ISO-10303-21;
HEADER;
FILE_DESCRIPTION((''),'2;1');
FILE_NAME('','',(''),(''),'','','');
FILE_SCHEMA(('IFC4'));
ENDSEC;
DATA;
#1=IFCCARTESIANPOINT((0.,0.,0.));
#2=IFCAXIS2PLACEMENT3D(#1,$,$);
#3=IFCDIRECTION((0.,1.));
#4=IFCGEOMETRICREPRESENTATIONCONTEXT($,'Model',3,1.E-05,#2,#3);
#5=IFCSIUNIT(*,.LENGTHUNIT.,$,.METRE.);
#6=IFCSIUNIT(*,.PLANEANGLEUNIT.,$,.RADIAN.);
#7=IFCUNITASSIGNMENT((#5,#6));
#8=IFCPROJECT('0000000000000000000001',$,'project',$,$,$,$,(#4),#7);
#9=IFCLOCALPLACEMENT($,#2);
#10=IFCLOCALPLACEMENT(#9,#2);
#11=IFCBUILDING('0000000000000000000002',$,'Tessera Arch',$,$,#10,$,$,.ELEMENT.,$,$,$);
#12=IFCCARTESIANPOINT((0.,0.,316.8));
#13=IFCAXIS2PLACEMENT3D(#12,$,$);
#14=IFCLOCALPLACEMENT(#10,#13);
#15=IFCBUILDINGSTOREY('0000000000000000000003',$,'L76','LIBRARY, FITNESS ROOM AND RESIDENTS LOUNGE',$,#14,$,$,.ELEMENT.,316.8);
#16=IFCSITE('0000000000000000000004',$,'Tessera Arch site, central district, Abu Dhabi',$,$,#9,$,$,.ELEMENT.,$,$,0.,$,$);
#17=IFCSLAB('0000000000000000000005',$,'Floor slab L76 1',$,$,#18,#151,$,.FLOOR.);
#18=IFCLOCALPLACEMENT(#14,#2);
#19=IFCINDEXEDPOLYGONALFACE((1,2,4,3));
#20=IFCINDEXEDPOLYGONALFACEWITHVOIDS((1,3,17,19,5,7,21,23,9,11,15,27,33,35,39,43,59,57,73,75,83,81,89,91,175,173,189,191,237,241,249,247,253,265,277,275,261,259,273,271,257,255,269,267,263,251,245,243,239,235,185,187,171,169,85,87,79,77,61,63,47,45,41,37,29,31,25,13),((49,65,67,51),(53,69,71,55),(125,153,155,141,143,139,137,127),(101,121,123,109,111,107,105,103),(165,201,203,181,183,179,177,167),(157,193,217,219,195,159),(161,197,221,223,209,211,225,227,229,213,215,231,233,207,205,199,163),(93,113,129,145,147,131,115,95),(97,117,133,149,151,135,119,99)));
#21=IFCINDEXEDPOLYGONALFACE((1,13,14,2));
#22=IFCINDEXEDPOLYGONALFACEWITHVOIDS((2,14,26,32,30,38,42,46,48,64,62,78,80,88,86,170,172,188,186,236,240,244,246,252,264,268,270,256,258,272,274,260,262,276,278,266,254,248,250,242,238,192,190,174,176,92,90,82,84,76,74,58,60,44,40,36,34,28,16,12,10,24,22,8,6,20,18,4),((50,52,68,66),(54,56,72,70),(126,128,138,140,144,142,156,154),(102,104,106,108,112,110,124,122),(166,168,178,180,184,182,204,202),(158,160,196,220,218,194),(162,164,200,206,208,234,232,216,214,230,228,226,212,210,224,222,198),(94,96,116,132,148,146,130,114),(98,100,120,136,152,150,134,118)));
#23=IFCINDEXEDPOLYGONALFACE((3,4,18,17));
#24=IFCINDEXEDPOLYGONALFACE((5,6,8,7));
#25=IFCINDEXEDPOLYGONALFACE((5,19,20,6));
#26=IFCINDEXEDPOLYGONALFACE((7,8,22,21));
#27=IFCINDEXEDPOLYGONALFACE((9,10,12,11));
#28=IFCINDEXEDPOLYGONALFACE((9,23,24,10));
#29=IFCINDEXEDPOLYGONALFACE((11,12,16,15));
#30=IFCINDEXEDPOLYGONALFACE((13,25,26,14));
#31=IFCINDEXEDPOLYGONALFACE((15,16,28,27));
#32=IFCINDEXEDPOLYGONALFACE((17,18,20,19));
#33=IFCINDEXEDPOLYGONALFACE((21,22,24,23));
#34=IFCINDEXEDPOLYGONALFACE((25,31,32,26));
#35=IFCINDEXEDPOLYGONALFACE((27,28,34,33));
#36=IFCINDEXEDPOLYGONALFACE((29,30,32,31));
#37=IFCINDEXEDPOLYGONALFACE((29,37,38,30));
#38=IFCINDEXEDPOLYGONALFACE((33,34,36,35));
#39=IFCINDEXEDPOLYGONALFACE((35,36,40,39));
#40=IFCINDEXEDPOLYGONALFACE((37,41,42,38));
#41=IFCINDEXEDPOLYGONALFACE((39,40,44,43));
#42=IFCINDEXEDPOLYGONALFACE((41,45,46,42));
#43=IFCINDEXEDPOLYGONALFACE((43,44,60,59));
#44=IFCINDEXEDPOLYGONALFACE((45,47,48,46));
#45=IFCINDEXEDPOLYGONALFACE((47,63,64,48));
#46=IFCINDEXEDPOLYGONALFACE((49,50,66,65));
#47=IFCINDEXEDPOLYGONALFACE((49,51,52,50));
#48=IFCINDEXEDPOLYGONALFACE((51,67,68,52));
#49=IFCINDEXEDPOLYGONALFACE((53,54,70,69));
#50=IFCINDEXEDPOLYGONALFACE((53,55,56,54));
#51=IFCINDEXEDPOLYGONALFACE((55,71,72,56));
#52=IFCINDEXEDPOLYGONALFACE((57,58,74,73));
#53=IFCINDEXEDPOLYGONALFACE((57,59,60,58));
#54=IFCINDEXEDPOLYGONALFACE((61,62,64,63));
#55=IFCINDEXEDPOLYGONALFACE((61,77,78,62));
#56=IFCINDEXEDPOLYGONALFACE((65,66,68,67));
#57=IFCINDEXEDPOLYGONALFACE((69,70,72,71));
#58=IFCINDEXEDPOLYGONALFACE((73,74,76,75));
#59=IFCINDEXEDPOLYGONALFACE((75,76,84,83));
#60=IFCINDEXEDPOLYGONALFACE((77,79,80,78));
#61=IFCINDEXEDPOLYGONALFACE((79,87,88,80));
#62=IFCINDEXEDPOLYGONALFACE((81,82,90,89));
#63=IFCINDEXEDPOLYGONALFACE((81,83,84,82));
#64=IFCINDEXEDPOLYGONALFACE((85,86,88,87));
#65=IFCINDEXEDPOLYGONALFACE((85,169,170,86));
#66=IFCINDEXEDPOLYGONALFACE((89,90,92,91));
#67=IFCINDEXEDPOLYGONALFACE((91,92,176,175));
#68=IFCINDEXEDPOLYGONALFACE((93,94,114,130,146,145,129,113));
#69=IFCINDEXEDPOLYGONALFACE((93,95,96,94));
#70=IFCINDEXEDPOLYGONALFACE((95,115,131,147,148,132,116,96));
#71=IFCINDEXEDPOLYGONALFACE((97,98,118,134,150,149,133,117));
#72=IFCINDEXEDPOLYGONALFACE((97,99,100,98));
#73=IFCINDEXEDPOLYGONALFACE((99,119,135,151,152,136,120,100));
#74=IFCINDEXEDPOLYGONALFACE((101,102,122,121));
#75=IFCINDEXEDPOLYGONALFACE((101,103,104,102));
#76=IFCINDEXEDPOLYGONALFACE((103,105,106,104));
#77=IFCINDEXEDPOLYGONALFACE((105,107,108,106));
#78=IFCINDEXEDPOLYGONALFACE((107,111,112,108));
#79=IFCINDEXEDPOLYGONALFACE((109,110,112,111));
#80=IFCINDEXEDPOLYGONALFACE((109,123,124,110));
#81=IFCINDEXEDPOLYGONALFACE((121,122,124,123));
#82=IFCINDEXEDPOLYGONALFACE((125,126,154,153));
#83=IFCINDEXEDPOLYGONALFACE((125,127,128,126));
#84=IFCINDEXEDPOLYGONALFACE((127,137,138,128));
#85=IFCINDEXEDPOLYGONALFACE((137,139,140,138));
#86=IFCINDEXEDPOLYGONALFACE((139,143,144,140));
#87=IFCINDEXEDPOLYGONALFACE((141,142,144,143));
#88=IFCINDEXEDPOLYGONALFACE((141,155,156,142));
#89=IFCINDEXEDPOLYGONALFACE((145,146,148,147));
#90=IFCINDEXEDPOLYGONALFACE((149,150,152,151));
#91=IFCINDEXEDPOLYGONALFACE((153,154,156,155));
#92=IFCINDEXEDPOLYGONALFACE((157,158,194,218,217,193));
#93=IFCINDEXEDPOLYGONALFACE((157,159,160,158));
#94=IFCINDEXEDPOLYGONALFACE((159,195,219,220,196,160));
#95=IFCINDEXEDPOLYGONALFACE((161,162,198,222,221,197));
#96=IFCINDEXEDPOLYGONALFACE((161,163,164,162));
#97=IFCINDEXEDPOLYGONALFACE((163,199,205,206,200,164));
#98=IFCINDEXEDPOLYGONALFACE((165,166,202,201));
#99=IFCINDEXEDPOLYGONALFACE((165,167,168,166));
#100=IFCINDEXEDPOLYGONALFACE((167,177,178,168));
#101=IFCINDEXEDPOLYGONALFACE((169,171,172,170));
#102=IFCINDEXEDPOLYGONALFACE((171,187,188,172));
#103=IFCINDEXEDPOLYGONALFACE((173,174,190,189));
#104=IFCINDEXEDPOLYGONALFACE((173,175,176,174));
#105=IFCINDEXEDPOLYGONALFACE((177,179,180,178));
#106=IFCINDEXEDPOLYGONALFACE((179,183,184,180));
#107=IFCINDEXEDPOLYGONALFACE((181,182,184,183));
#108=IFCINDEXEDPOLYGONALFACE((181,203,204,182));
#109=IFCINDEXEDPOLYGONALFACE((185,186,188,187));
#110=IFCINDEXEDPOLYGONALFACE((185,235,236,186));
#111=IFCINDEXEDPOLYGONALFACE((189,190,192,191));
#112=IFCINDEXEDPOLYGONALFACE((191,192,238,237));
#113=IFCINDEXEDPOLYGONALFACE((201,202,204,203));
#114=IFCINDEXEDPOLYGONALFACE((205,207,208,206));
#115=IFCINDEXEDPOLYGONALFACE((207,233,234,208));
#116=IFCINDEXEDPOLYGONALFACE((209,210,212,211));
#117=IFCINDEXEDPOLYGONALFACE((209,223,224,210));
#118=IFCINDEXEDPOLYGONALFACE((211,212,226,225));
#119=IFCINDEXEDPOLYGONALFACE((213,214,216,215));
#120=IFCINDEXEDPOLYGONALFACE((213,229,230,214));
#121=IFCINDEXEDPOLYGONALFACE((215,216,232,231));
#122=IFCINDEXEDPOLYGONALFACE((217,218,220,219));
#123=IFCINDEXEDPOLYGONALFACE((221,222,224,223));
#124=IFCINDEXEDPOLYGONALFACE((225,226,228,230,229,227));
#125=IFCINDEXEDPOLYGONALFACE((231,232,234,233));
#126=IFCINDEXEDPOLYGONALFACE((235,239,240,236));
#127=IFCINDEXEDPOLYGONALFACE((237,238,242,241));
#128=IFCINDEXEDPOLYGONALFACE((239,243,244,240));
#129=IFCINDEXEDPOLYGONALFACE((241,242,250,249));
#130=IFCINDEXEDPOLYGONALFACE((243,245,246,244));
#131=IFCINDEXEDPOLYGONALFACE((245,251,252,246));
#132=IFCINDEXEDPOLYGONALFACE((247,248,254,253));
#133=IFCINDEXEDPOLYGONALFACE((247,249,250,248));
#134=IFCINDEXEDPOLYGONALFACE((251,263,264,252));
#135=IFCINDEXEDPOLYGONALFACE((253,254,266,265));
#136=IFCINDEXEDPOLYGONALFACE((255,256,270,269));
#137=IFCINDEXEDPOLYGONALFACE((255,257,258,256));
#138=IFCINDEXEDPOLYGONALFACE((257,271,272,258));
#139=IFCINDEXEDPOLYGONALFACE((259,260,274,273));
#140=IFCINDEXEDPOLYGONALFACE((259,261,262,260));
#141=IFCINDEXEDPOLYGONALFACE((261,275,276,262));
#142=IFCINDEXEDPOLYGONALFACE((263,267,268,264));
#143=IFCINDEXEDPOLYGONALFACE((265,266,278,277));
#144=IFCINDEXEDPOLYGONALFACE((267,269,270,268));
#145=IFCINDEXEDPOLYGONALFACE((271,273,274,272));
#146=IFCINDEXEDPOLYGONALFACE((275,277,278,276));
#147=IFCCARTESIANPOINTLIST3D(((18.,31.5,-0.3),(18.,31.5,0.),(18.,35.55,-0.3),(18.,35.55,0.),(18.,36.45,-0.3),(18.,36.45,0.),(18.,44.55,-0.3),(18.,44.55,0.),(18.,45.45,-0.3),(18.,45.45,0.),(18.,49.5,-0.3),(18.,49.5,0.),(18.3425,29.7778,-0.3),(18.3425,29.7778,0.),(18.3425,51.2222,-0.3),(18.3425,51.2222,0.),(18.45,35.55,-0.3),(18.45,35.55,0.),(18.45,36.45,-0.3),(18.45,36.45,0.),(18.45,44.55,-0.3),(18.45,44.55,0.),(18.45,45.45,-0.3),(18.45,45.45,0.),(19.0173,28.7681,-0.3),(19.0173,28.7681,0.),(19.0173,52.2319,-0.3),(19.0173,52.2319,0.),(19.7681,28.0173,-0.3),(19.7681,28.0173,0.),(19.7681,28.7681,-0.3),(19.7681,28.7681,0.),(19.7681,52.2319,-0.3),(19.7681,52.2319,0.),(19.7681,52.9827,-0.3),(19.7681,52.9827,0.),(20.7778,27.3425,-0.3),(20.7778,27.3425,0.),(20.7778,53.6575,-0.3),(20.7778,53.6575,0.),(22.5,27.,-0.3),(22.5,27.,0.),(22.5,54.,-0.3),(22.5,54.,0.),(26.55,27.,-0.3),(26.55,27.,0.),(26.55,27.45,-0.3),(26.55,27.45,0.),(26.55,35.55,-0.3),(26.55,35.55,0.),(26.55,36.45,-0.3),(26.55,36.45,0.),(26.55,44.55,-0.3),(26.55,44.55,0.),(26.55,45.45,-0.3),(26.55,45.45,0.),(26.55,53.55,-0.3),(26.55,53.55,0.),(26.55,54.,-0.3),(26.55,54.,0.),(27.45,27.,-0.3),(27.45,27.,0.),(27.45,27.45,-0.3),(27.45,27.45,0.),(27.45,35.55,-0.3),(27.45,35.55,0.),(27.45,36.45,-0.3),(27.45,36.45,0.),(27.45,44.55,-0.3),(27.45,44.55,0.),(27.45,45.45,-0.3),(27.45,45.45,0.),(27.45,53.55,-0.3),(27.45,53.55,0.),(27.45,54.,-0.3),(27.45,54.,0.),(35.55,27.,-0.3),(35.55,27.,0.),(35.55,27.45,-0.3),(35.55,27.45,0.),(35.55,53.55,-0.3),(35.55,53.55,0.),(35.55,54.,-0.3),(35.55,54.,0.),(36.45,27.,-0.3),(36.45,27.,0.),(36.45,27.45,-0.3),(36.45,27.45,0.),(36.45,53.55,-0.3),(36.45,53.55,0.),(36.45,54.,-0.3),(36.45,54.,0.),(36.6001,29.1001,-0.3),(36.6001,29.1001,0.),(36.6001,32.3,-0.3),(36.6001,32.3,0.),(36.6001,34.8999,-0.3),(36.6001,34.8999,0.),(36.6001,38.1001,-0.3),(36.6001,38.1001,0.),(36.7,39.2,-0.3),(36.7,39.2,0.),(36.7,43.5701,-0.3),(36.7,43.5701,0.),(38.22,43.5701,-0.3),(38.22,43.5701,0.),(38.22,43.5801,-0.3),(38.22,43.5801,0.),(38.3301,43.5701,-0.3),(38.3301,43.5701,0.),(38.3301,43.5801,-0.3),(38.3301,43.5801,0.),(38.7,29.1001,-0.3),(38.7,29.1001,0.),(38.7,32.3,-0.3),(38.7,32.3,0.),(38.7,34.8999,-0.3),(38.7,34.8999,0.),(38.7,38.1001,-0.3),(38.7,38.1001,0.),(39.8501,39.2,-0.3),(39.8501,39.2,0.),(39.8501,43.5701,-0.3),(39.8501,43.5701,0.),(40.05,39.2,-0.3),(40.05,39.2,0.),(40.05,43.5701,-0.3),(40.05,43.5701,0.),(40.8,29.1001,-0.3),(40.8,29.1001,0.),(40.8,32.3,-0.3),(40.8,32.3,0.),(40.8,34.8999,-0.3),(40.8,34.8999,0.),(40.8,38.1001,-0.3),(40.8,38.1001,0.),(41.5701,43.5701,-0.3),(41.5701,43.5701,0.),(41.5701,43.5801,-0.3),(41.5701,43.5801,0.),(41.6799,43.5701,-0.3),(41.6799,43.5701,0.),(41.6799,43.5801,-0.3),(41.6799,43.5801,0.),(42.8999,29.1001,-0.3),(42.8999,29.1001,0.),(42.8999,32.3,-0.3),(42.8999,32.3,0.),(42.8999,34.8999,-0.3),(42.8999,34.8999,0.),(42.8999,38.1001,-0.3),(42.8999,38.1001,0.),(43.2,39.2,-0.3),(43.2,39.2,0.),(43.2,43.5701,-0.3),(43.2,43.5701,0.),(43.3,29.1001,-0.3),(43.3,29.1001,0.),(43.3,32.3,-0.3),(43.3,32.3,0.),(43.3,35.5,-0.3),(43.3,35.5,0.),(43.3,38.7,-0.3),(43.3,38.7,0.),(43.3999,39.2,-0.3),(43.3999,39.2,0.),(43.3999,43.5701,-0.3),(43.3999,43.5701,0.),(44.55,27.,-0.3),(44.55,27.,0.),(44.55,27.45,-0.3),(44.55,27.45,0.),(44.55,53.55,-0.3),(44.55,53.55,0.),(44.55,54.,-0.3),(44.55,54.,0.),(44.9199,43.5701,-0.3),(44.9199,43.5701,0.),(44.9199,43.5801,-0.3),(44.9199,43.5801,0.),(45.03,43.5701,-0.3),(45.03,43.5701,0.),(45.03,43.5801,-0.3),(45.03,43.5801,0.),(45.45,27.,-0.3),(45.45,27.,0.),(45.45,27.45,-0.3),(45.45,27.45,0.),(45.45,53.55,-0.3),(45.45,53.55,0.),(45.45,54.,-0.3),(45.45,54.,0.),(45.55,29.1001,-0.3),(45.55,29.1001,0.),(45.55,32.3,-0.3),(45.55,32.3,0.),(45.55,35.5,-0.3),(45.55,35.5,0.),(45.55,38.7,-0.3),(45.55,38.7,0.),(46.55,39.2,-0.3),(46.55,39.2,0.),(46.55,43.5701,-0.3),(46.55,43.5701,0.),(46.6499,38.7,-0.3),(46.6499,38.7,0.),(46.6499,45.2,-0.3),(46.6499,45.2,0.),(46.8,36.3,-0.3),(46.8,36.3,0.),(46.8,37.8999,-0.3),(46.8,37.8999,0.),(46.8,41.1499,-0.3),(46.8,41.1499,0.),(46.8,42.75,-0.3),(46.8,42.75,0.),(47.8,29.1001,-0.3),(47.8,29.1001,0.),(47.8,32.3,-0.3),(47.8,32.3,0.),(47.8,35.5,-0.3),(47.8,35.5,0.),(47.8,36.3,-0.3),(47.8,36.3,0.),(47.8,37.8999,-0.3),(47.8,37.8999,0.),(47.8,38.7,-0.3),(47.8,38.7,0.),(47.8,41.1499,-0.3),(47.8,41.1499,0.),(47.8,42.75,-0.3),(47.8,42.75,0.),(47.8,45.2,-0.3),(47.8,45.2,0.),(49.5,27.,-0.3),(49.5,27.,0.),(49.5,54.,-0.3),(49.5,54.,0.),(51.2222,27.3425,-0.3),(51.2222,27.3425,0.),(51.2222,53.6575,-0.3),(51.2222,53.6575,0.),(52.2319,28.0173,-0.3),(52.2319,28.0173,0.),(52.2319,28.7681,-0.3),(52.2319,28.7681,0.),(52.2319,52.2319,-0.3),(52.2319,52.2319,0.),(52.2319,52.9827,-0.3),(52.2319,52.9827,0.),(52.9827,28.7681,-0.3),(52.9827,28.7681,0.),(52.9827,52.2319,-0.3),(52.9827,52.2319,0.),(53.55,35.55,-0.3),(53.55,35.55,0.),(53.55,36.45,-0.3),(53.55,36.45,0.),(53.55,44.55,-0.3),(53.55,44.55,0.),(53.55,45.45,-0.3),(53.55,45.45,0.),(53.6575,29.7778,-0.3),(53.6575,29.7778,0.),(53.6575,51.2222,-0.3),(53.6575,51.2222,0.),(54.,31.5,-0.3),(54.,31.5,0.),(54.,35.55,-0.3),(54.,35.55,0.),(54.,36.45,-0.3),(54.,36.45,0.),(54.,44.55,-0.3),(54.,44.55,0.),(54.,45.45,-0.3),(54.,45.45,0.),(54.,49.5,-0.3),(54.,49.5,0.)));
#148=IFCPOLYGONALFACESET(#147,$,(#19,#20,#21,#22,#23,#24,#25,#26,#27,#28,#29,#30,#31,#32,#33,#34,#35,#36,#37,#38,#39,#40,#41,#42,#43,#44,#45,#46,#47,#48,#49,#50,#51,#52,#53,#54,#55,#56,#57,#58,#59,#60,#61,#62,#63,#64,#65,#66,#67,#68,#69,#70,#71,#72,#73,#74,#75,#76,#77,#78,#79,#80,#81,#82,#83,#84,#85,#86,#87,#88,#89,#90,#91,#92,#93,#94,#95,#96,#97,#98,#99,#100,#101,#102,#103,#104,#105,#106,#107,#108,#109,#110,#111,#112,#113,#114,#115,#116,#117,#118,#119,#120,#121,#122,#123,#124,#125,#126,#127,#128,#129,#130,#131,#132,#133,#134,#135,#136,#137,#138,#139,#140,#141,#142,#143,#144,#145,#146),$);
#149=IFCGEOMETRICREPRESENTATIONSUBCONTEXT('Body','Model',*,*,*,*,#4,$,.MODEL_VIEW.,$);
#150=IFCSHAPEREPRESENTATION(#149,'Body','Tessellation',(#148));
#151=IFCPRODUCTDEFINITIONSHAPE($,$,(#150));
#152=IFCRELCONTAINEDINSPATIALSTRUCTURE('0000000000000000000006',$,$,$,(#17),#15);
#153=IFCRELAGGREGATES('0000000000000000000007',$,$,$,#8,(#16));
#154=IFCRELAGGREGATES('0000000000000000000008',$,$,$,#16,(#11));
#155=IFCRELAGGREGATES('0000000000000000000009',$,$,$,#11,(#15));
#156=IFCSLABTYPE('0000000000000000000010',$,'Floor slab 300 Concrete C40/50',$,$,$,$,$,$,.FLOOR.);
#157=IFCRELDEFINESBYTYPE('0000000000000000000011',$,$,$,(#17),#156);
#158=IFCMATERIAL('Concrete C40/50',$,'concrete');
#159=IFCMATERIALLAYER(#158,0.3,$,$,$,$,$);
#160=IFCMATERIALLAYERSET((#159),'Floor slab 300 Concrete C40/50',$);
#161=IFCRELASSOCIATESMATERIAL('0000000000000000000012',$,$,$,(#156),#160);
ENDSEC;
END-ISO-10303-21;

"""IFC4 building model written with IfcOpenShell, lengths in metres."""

from ifc_helpers import new_model, si_unit, direction, frame, origin, place, context, subcontext, project, spatial, polyline, outline, extrude, material, layer, layer_set, type_object, element, save


model = new_model("IFC4")

# Units and contexts
model_context = context("Model", 3, precision=1e-05, world=origin(), true_north=direction((0.0, 1.0)))
body_context = subcontext(model_context, "Body", "Model", "MODEL_VIEW")
ifc_project = project(units=[si_unit("LENGTHUNIT", "METRE"), si_unit("PLANEANGLEUNIT", "RADIAN")], contexts=[model_context])

# Site, building, storey
site_placement = place(None, origin())
site = spatial("IfcSite", under=ifc_project, at=site_placement, Name="Tessera Arch site, central district, Abu Dhabi", CompositionType="ELEMENT", RefElevation=0.0)
building_placement = place(site_placement, origin())
building = spatial("IfcBuilding", under=site, at=building_placement, Name="Tessera Arch", CompositionType="ELEMENT")
storey_placement = place(building_placement, frame((0.0, 0.0, 316.8)))
storey = spatial("IfcBuildingStorey", under=building, at=storey_placement, Name="L76", Description="LIBRARY, FITNESS ROOM AND RESIDENTS LOUNGE", CompositionType="ELEMENT", Elevation=316.8)

# Slab
ifc_material_1 = material(Name="Concrete C40/50", Category="concrete")
ifc_layer_1 = layer(ifc_material_1, 0.3)
ifc_layer_set_1 = layer_set([ifc_layer_1], Name="Floor slab 300 Concrete C40/50")
slab_type = type_object("IfcSlabType", Name="Floor slab 300 Concrete C40/50", PredefinedType="FLOOR", material=ifc_layer_set_1)
slab_placement = place(storey_placement, frame((0.0, 0.0, -0.3)))
element("IfcSlab", 1, at=slab_placement, inside=storey, type_object=slab_type, Name="Floor slab L76 1", PredefinedType="FLOOR", context=body_context, shape_type="SweptSolid", body=[
    extrude(outline(polyline([(54.0, 31.5), (53.6575, 29.7778), (52.9827, 28.7681), (52.2319, 28.7681), (52.2319, 28.0173), (51.2222, 27.3425), (49.5, 27.0), (45.45, 27.0), (45.45, 27.45), (44.55, 27.45), (44.55, 27.0), (36.45, 27.0), (36.45, 27.45), (35.55, 27.45), (35.55, 27.0), (27.45, 27.0), (27.45, 27.45), (26.55, 27.45), (26.55, 27.0), (22.5, 27.0), (20.7778, 27.3425), (19.7681, 28.0173), (19.7681, 28.7681), (19.0173, 28.7681), (18.3425, 29.7778), (18.0, 31.5), (18.0, 35.55), (18.45, 35.55), (18.45, 36.45), (18.0, 36.45), (18.0, 44.55), (18.45, 44.55), (18.45, 45.45), (18.0, 45.45), (18.0, 49.5), (18.3425, 51.2222), (19.0173, 52.2319), (19.7681, 52.2319), (19.7681, 52.9827), (20.7778, 53.6575), (22.5, 54.0), (26.55, 54.0), (26.55, 53.55), (27.45, 53.55), (27.45, 54.0), (35.55, 54.0), (35.55, 53.55), (36.45, 53.55), (36.45, 54.0), (44.55, 54.0), (44.55, 53.55), (45.45, 53.55), (45.45, 54.0), (49.5, 54.0), (51.2222, 53.6575), (52.2319, 52.9827), (52.2319, 52.2319), (52.9827, 52.2319), (53.6575, 51.2222), (54.0, 49.5), (54.0, 45.45), (53.55, 45.45), (53.55, 44.55), (54.0, 44.55), (54.0, 36.45), (53.55, 36.45), (53.55, 35.55), (54.0, 35.55), (54.0, 31.5)]), holes=[polyline([(40.8, 29.1001), (42.8999, 29.1001), (42.8999, 32.3), (40.8, 32.3), (38.7, 32.3), (36.6001, 32.3), (36.6001, 29.1001), (38.7, 29.1001), (40.8, 29.1001)]), polyline([(27.45, 35.55), (27.45, 36.45), (26.55, 36.45), (26.55, 35.55), (27.45, 35.55)]), polyline([(40.8, 34.8999), (42.8999, 34.8999), (42.8999, 38.1001), (40.8, 38.1001), (38.7, 38.1001), (36.6001, 38.1001), (36.6001, 34.8999), (38.7, 34.8999), (40.8, 34.8999)]), polyline([(38.22, 43.5801), (38.22, 43.5701), (36.7, 43.5701), (36.7, 39.2), (39.8501, 39.2), (39.8501, 43.5701), (38.3301, 43.5701), (38.3301, 43.5801), (38.22, 43.5801)]), polyline([(27.45, 44.55), (27.45, 45.45), (26.55, 45.45), (26.55, 44.55), (27.45, 44.55)]), polyline([(47.8, 32.3), (45.55, 32.3), (43.3, 32.3), (43.3, 29.1001), (45.55, 29.1001), (47.8, 29.1001), (47.8, 32.3)]), polyline([(46.6499, 38.7), (45.55, 38.7), (43.3, 38.7), (43.3, 35.5), (45.55, 35.5), (47.8, 35.5), (47.8, 36.3), (46.8, 36.3), (46.8, 37.8999), (47.8, 37.8999), (47.8, 38.7), (47.8, 41.1499), (46.8, 41.1499), (46.8, 42.75), (47.8, 42.75), (47.8, 45.2), (46.6499, 45.2), (46.6499, 38.7)]), polyline([(41.5701, 43.5801), (41.5701, 43.5701), (40.05, 43.5701), (40.05, 39.2), (43.2, 39.2), (43.2, 43.5701), (41.6799, 43.5701), (41.6799, 43.5801), (41.5701, 43.5801)]), polyline([(44.9199, 43.5801), (44.9199, 43.5701), (43.3999, 43.5701), (43.3999, 39.2), (46.55, 39.2), (46.55, 43.5701), (45.03, 43.5701), (45.03, 43.5801), (44.9199, 43.5801)])]), origin(), (0.0, 0.0, 1.0), 0.3),
])

save(model, "model.ifc")
